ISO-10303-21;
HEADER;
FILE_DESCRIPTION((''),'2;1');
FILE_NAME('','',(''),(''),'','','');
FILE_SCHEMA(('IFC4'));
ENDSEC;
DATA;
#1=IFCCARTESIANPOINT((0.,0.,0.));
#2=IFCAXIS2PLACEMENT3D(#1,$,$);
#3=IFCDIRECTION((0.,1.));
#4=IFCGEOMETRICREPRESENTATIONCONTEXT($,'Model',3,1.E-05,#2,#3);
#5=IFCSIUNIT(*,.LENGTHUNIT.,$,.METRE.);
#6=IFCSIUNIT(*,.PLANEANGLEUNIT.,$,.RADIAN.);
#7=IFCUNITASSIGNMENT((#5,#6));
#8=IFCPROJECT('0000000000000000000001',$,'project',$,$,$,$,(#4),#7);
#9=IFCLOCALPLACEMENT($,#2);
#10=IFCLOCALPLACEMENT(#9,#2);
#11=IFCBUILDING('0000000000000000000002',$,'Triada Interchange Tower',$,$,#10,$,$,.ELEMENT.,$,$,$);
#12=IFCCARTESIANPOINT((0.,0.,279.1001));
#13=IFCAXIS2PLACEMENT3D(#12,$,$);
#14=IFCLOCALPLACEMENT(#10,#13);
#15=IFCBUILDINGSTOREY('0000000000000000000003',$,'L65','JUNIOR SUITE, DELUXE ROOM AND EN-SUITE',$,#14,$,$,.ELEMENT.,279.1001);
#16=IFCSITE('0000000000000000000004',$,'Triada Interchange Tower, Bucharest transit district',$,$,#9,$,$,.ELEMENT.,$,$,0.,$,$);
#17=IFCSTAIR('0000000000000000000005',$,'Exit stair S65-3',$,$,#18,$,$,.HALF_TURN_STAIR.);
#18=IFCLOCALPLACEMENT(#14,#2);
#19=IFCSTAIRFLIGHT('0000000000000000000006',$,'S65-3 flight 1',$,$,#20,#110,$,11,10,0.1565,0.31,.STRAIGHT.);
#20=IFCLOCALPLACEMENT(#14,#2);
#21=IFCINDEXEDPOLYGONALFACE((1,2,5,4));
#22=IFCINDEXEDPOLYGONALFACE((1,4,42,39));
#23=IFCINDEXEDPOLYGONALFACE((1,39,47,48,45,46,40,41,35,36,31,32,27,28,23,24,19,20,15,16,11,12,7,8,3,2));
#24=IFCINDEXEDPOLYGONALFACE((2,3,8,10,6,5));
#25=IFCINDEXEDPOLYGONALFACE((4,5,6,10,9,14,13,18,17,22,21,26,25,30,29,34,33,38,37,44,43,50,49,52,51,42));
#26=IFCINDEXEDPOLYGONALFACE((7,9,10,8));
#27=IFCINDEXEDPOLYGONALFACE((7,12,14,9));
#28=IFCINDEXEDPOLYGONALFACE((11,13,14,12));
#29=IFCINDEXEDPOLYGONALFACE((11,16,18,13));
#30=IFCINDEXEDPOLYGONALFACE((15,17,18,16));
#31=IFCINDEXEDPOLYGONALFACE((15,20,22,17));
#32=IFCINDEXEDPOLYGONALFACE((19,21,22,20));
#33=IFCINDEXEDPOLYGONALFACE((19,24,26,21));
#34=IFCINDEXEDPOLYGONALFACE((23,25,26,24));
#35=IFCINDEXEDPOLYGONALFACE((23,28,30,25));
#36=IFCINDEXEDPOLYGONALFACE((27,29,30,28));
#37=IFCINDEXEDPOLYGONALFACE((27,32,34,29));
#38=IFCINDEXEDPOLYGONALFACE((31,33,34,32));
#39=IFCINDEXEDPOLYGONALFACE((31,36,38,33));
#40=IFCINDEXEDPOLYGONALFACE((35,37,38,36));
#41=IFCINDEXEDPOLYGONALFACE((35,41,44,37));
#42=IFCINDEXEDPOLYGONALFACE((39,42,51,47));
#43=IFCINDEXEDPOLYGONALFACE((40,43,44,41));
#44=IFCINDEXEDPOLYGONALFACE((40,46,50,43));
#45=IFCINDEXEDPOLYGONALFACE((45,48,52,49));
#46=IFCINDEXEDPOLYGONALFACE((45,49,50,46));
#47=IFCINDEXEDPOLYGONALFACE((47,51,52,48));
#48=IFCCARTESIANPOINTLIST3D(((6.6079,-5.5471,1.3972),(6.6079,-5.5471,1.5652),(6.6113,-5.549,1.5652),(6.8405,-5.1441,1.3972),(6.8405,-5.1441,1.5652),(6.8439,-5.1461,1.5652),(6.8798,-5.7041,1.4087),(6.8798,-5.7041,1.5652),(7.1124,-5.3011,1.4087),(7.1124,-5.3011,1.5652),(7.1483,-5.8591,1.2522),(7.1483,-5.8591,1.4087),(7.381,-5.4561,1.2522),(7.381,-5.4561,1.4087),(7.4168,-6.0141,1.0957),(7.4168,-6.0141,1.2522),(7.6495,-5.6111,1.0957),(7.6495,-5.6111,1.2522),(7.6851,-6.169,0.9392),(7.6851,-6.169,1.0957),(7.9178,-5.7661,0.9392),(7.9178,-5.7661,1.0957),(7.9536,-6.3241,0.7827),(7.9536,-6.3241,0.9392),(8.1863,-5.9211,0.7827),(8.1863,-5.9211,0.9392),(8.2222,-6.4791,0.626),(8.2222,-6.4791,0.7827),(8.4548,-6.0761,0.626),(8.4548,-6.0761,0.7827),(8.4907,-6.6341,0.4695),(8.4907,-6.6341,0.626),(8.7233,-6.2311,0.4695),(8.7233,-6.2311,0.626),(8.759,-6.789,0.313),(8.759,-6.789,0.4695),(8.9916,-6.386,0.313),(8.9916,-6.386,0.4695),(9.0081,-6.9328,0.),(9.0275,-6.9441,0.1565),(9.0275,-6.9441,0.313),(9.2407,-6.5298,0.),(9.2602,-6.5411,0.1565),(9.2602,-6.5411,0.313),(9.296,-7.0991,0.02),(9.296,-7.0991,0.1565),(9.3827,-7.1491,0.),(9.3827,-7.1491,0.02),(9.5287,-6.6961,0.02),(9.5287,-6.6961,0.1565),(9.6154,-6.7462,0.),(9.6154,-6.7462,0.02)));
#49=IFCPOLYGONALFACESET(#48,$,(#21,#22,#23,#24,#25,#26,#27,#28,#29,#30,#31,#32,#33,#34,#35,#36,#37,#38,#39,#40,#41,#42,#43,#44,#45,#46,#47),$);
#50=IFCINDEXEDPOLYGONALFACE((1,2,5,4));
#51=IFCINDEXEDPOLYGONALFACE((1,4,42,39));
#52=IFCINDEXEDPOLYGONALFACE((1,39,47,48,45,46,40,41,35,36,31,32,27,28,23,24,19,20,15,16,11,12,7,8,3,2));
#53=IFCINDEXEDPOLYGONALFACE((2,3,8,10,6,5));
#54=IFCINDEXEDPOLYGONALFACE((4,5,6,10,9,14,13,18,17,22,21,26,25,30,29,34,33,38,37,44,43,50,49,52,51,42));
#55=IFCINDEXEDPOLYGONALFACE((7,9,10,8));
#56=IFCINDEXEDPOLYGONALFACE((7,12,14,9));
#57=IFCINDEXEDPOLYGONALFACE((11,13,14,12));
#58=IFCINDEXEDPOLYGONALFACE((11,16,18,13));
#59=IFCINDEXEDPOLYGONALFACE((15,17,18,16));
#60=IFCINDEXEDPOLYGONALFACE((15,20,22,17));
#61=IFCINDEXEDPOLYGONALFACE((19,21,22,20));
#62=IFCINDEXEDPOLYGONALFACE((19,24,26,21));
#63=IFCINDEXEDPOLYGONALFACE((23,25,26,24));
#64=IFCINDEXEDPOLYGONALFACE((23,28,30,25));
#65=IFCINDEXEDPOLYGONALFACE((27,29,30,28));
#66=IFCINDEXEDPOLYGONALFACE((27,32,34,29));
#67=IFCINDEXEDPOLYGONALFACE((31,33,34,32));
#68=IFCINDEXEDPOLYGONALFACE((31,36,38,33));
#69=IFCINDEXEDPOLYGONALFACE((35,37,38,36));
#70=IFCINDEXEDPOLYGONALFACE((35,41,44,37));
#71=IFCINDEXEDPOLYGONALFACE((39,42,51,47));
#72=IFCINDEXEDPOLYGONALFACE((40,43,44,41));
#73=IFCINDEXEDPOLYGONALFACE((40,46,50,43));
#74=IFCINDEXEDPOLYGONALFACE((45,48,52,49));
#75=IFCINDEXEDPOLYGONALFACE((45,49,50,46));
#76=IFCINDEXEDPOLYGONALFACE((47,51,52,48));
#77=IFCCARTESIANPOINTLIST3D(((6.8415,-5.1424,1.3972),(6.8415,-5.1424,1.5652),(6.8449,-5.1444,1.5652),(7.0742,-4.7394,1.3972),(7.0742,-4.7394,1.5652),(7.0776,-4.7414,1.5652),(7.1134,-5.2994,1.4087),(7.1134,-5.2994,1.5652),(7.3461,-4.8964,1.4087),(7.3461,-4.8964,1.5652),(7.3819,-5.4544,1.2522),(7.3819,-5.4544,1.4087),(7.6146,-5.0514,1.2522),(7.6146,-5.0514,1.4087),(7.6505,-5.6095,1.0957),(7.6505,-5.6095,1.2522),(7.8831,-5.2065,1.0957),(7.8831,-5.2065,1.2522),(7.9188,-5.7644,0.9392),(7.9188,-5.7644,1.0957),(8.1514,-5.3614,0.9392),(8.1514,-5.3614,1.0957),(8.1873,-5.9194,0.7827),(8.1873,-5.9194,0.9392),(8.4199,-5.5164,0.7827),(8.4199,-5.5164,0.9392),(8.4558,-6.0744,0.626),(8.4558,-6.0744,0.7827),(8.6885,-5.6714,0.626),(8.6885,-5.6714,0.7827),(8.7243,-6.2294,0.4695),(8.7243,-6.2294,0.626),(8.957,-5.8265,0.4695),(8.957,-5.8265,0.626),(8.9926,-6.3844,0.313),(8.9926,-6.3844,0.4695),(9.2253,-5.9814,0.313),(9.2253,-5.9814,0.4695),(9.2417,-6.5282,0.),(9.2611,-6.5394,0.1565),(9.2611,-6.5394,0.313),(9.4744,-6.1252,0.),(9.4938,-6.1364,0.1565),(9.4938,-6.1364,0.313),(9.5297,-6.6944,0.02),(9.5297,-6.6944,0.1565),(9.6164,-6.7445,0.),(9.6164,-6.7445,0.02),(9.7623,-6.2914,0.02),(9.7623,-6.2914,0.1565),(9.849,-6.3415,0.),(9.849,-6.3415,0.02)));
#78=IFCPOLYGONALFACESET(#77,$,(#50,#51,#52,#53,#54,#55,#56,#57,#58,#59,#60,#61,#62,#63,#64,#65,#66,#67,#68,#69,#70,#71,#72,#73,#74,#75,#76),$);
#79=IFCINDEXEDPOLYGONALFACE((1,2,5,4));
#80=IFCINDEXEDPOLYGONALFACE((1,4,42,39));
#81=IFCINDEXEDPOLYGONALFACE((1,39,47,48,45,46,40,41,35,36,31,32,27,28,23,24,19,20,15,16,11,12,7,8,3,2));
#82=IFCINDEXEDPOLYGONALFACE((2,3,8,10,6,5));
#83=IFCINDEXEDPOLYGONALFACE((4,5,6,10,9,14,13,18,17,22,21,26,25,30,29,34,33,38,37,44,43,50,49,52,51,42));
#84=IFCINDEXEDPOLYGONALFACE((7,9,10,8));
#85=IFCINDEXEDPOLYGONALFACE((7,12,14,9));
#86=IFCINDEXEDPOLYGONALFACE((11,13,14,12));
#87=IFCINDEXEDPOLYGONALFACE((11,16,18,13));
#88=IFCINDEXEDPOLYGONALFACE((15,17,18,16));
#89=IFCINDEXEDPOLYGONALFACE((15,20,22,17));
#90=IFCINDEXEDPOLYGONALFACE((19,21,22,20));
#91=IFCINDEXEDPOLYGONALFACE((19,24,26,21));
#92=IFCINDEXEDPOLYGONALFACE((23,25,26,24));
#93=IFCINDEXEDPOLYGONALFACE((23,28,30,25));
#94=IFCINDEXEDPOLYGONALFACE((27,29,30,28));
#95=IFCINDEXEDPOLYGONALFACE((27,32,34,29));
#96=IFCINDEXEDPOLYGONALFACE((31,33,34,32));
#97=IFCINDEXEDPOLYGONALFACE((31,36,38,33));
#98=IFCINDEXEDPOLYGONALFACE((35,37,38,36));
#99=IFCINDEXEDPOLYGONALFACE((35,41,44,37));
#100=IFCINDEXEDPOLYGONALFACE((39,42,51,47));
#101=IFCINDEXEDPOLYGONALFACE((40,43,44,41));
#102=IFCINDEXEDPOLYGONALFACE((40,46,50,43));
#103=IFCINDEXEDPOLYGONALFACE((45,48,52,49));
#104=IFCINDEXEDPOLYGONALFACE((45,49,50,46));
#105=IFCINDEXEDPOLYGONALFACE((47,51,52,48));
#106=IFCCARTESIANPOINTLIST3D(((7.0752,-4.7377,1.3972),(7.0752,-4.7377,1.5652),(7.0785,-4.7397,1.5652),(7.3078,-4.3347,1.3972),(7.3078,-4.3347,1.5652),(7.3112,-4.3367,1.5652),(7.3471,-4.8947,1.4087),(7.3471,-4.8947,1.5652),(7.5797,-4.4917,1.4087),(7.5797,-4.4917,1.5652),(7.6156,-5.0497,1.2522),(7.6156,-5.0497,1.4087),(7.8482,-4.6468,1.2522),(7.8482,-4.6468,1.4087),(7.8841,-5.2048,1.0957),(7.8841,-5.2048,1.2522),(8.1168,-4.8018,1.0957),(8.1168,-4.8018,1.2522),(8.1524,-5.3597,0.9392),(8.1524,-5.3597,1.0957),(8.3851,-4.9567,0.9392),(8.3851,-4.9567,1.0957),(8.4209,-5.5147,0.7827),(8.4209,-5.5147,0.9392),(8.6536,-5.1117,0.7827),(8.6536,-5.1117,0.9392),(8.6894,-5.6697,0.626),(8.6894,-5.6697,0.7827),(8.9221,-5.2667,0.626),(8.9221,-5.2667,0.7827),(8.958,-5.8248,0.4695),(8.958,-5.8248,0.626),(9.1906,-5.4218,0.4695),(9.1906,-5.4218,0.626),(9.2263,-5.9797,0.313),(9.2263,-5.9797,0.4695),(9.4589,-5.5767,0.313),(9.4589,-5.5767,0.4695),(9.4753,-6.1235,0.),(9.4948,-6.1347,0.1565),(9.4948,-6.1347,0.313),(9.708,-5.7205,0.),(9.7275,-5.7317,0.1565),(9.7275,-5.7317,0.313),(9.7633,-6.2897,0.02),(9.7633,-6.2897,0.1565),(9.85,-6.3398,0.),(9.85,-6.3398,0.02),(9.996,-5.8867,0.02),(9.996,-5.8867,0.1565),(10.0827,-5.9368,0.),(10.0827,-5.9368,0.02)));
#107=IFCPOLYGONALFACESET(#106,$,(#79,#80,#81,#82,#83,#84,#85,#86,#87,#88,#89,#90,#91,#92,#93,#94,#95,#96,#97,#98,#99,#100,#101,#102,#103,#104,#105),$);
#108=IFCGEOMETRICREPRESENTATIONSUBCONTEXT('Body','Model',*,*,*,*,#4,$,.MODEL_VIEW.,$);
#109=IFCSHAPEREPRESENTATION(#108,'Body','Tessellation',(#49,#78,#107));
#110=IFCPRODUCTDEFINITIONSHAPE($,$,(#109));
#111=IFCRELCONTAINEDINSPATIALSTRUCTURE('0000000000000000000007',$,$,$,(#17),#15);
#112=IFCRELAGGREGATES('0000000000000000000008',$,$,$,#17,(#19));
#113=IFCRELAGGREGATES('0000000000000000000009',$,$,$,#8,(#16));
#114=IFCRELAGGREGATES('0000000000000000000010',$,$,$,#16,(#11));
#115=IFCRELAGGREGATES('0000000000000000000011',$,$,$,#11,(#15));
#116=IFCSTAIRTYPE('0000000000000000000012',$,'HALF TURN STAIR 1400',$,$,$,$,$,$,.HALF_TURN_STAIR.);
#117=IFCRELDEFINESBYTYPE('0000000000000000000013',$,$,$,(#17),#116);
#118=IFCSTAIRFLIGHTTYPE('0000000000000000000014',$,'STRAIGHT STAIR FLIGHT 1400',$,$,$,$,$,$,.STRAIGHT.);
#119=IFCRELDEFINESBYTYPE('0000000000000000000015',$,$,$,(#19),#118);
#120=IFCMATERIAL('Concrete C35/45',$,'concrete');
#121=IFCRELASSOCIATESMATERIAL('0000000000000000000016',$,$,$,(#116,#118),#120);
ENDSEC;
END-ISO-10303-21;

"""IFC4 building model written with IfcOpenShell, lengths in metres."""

from ifc_helpers import new_model, si_unit, direction, frame, origin, place, context, subcontext, project, spatial, polyline, outline, extrude, material, type_object, element, aggregate, save


model = new_model("IFC4")

# Units and contexts
model_context = context("Model", 3, precision=1e-05, world=origin(), true_north=direction((0.0, 1.0)))
body_context = subcontext(model_context, "Body", "Model", "MODEL_VIEW")
ifc_project = project(units=[si_unit("LENGTHUNIT", "METRE"), si_unit("PLANEANGLEUNIT", "RADIAN")], contexts=[model_context])

# Site, building, storey
site_placement = place(None, origin())
site = spatial("IfcSite", under=ifc_project, at=site_placement, Name="Triada Interchange Tower, Bucharest transit district", CompositionType="ELEMENT", RefElevation=0.0)
building_placement = place(site_placement, origin())
building = spatial("IfcBuilding", under=site, at=building_placement, Name="Triada Interchange Tower", CompositionType="ELEMENT")
storey_placement = place(building_placement, frame((0.0, 0.0, 279.1001)))
storey = spatial("IfcBuildingStorey", under=building, at=storey_placement, Name="L65", Description="JUNIOR SUITE, DELUXE ROOM AND EN-SUITE", CompositionType="ELEMENT", Elevation=279.1001)

# Stair, stair flight
ifc_material_1 = material(Name="Concrete C35/45", Category="concrete")
stair_type = type_object("IfcStairType", Name="HALF TURN STAIR 1400", PredefinedType="HALF_TURN_STAIR", material=ifc_material_1)
stair_placement = place(storey_placement, origin())
stair = element("IfcStair", 1, at=stair_placement, inside=storey, type_object=stair_type, Name="Exit stair S65-3", PredefinedType="HALF_TURN_STAIR")
stair_flight_type = type_object("IfcStairFlightType", Name="STRAIGHT STAIR FLIGHT 1400", PredefinedType="STRAIGHT", material=ifc_material_1)
stair_flight_1_placement = place(storey_placement, frame((9.646, -6.4929, 0.0), z_axis=(0.0, 0.0, 1.0), x_axis=(-0.866025, 0.5, 0.0)))
stair_flight_1 = element("IfcStairFlight", 2, at=stair_flight_1_placement, type_object=stair_flight_type, Name="S65-3 flight 1", NumberOfRisers=11, NumberOfTreads=10, PredefinedType="STRAIGHT", RiserHeight=0.1565, TreadLength=0.31, context=body_context, shape_type="SweptSolid", body=[
    extrude(outline(polyline([(-0.1001, 0.0), (-0.1001, 0.02), (0.0, 0.02), (0.0, 0.1565), (0.3101, 0.1565), (0.3101, 0.313), (0.6201, 0.313), (0.6201, 0.4695), (0.9299, 0.4695), (0.9299, 0.626), (1.24, 0.626), (1.24, 0.7827), (1.55, 0.7827), (1.55, 0.9392), (1.8601, 0.9392), (1.8601, 1.0957), (2.1699, 1.0957), (2.1699, 1.2522), (2.48, 1.2522), (2.48, 1.4087), (2.79, 1.4087), (2.79, 1.5652), (3.1001, 1.5652), (3.104, 1.5652), (3.104, 1.7217), (3.104, 1.3972), (0.3325, 0.0), (-0.1001, 0.0)])), frame((0.0, 0.7, 0.0), z_axis=(0.0, -1.0, 0.0), x_axis=(1.0, 0.0, 0.0)), (0.0, 0.0, 1.0), 0.4653),
    extrude(outline(polyline([(-0.1001, 0.0), (-0.1001, 0.02), (0.0, 0.02), (0.0, 0.1565), (0.3101, 0.1565), (0.3101, 0.313), (0.6201, 0.313), (0.6201, 0.4695), (0.9299, 0.4695), (0.9299, 0.626), (1.24, 0.626), (1.24, 0.7827), (1.55, 0.7827), (1.55, 0.9392), (1.8601, 0.9392), (1.8601, 1.0957), (2.1699, 1.0957), (2.1699, 1.2522), (2.48, 1.2522), (2.48, 1.4087), (2.79, 1.4087), (2.79, 1.5652), (3.1001, 1.5652), (3.104, 1.5652), (3.104, 1.7217), (3.104, 1.3972), (0.3325, 0.0), (-0.1001, 0.0)])), frame((0.0, 0.2327, 0.0), z_axis=(0.0, -1.0, 0.0), x_axis=(1.0, 0.0, 0.0)), (0.0, 0.0, 1.0), 0.4653),
    extrude(outline(polyline([(-0.1001, 0.0), (-0.1001, 0.02), (0.0, 0.02), (0.0, 0.1565), (0.3101, 0.1565), (0.3101, 0.313), (0.6201, 0.313), (0.6201, 0.4695), (0.9299, 0.4695), (0.9299, 0.626), (1.24, 0.626), (1.24, 0.7827), (1.55, 0.7827), (1.55, 0.9392), (1.8601, 0.9392), (1.8601, 1.0957), (2.1699, 1.0957), (2.1699, 1.2522), (2.48, 1.2522), (2.48, 1.4087), (2.79, 1.4087), (2.79, 1.5652), (3.1001, 1.5652), (3.104, 1.5652), (3.104, 1.7217), (3.104, 1.3972), (0.3325, 0.0), (-0.1001, 0.0)])), frame((0.0, -0.2346, 0.0), z_axis=(0.0, -1.0, 0.0), x_axis=(1.0, 0.0, 0.0)), (0.0, 0.0, 1.0), 0.4653),
])
aggregate(stair, [stair_flight_1])

save(model, "model.ifc")
